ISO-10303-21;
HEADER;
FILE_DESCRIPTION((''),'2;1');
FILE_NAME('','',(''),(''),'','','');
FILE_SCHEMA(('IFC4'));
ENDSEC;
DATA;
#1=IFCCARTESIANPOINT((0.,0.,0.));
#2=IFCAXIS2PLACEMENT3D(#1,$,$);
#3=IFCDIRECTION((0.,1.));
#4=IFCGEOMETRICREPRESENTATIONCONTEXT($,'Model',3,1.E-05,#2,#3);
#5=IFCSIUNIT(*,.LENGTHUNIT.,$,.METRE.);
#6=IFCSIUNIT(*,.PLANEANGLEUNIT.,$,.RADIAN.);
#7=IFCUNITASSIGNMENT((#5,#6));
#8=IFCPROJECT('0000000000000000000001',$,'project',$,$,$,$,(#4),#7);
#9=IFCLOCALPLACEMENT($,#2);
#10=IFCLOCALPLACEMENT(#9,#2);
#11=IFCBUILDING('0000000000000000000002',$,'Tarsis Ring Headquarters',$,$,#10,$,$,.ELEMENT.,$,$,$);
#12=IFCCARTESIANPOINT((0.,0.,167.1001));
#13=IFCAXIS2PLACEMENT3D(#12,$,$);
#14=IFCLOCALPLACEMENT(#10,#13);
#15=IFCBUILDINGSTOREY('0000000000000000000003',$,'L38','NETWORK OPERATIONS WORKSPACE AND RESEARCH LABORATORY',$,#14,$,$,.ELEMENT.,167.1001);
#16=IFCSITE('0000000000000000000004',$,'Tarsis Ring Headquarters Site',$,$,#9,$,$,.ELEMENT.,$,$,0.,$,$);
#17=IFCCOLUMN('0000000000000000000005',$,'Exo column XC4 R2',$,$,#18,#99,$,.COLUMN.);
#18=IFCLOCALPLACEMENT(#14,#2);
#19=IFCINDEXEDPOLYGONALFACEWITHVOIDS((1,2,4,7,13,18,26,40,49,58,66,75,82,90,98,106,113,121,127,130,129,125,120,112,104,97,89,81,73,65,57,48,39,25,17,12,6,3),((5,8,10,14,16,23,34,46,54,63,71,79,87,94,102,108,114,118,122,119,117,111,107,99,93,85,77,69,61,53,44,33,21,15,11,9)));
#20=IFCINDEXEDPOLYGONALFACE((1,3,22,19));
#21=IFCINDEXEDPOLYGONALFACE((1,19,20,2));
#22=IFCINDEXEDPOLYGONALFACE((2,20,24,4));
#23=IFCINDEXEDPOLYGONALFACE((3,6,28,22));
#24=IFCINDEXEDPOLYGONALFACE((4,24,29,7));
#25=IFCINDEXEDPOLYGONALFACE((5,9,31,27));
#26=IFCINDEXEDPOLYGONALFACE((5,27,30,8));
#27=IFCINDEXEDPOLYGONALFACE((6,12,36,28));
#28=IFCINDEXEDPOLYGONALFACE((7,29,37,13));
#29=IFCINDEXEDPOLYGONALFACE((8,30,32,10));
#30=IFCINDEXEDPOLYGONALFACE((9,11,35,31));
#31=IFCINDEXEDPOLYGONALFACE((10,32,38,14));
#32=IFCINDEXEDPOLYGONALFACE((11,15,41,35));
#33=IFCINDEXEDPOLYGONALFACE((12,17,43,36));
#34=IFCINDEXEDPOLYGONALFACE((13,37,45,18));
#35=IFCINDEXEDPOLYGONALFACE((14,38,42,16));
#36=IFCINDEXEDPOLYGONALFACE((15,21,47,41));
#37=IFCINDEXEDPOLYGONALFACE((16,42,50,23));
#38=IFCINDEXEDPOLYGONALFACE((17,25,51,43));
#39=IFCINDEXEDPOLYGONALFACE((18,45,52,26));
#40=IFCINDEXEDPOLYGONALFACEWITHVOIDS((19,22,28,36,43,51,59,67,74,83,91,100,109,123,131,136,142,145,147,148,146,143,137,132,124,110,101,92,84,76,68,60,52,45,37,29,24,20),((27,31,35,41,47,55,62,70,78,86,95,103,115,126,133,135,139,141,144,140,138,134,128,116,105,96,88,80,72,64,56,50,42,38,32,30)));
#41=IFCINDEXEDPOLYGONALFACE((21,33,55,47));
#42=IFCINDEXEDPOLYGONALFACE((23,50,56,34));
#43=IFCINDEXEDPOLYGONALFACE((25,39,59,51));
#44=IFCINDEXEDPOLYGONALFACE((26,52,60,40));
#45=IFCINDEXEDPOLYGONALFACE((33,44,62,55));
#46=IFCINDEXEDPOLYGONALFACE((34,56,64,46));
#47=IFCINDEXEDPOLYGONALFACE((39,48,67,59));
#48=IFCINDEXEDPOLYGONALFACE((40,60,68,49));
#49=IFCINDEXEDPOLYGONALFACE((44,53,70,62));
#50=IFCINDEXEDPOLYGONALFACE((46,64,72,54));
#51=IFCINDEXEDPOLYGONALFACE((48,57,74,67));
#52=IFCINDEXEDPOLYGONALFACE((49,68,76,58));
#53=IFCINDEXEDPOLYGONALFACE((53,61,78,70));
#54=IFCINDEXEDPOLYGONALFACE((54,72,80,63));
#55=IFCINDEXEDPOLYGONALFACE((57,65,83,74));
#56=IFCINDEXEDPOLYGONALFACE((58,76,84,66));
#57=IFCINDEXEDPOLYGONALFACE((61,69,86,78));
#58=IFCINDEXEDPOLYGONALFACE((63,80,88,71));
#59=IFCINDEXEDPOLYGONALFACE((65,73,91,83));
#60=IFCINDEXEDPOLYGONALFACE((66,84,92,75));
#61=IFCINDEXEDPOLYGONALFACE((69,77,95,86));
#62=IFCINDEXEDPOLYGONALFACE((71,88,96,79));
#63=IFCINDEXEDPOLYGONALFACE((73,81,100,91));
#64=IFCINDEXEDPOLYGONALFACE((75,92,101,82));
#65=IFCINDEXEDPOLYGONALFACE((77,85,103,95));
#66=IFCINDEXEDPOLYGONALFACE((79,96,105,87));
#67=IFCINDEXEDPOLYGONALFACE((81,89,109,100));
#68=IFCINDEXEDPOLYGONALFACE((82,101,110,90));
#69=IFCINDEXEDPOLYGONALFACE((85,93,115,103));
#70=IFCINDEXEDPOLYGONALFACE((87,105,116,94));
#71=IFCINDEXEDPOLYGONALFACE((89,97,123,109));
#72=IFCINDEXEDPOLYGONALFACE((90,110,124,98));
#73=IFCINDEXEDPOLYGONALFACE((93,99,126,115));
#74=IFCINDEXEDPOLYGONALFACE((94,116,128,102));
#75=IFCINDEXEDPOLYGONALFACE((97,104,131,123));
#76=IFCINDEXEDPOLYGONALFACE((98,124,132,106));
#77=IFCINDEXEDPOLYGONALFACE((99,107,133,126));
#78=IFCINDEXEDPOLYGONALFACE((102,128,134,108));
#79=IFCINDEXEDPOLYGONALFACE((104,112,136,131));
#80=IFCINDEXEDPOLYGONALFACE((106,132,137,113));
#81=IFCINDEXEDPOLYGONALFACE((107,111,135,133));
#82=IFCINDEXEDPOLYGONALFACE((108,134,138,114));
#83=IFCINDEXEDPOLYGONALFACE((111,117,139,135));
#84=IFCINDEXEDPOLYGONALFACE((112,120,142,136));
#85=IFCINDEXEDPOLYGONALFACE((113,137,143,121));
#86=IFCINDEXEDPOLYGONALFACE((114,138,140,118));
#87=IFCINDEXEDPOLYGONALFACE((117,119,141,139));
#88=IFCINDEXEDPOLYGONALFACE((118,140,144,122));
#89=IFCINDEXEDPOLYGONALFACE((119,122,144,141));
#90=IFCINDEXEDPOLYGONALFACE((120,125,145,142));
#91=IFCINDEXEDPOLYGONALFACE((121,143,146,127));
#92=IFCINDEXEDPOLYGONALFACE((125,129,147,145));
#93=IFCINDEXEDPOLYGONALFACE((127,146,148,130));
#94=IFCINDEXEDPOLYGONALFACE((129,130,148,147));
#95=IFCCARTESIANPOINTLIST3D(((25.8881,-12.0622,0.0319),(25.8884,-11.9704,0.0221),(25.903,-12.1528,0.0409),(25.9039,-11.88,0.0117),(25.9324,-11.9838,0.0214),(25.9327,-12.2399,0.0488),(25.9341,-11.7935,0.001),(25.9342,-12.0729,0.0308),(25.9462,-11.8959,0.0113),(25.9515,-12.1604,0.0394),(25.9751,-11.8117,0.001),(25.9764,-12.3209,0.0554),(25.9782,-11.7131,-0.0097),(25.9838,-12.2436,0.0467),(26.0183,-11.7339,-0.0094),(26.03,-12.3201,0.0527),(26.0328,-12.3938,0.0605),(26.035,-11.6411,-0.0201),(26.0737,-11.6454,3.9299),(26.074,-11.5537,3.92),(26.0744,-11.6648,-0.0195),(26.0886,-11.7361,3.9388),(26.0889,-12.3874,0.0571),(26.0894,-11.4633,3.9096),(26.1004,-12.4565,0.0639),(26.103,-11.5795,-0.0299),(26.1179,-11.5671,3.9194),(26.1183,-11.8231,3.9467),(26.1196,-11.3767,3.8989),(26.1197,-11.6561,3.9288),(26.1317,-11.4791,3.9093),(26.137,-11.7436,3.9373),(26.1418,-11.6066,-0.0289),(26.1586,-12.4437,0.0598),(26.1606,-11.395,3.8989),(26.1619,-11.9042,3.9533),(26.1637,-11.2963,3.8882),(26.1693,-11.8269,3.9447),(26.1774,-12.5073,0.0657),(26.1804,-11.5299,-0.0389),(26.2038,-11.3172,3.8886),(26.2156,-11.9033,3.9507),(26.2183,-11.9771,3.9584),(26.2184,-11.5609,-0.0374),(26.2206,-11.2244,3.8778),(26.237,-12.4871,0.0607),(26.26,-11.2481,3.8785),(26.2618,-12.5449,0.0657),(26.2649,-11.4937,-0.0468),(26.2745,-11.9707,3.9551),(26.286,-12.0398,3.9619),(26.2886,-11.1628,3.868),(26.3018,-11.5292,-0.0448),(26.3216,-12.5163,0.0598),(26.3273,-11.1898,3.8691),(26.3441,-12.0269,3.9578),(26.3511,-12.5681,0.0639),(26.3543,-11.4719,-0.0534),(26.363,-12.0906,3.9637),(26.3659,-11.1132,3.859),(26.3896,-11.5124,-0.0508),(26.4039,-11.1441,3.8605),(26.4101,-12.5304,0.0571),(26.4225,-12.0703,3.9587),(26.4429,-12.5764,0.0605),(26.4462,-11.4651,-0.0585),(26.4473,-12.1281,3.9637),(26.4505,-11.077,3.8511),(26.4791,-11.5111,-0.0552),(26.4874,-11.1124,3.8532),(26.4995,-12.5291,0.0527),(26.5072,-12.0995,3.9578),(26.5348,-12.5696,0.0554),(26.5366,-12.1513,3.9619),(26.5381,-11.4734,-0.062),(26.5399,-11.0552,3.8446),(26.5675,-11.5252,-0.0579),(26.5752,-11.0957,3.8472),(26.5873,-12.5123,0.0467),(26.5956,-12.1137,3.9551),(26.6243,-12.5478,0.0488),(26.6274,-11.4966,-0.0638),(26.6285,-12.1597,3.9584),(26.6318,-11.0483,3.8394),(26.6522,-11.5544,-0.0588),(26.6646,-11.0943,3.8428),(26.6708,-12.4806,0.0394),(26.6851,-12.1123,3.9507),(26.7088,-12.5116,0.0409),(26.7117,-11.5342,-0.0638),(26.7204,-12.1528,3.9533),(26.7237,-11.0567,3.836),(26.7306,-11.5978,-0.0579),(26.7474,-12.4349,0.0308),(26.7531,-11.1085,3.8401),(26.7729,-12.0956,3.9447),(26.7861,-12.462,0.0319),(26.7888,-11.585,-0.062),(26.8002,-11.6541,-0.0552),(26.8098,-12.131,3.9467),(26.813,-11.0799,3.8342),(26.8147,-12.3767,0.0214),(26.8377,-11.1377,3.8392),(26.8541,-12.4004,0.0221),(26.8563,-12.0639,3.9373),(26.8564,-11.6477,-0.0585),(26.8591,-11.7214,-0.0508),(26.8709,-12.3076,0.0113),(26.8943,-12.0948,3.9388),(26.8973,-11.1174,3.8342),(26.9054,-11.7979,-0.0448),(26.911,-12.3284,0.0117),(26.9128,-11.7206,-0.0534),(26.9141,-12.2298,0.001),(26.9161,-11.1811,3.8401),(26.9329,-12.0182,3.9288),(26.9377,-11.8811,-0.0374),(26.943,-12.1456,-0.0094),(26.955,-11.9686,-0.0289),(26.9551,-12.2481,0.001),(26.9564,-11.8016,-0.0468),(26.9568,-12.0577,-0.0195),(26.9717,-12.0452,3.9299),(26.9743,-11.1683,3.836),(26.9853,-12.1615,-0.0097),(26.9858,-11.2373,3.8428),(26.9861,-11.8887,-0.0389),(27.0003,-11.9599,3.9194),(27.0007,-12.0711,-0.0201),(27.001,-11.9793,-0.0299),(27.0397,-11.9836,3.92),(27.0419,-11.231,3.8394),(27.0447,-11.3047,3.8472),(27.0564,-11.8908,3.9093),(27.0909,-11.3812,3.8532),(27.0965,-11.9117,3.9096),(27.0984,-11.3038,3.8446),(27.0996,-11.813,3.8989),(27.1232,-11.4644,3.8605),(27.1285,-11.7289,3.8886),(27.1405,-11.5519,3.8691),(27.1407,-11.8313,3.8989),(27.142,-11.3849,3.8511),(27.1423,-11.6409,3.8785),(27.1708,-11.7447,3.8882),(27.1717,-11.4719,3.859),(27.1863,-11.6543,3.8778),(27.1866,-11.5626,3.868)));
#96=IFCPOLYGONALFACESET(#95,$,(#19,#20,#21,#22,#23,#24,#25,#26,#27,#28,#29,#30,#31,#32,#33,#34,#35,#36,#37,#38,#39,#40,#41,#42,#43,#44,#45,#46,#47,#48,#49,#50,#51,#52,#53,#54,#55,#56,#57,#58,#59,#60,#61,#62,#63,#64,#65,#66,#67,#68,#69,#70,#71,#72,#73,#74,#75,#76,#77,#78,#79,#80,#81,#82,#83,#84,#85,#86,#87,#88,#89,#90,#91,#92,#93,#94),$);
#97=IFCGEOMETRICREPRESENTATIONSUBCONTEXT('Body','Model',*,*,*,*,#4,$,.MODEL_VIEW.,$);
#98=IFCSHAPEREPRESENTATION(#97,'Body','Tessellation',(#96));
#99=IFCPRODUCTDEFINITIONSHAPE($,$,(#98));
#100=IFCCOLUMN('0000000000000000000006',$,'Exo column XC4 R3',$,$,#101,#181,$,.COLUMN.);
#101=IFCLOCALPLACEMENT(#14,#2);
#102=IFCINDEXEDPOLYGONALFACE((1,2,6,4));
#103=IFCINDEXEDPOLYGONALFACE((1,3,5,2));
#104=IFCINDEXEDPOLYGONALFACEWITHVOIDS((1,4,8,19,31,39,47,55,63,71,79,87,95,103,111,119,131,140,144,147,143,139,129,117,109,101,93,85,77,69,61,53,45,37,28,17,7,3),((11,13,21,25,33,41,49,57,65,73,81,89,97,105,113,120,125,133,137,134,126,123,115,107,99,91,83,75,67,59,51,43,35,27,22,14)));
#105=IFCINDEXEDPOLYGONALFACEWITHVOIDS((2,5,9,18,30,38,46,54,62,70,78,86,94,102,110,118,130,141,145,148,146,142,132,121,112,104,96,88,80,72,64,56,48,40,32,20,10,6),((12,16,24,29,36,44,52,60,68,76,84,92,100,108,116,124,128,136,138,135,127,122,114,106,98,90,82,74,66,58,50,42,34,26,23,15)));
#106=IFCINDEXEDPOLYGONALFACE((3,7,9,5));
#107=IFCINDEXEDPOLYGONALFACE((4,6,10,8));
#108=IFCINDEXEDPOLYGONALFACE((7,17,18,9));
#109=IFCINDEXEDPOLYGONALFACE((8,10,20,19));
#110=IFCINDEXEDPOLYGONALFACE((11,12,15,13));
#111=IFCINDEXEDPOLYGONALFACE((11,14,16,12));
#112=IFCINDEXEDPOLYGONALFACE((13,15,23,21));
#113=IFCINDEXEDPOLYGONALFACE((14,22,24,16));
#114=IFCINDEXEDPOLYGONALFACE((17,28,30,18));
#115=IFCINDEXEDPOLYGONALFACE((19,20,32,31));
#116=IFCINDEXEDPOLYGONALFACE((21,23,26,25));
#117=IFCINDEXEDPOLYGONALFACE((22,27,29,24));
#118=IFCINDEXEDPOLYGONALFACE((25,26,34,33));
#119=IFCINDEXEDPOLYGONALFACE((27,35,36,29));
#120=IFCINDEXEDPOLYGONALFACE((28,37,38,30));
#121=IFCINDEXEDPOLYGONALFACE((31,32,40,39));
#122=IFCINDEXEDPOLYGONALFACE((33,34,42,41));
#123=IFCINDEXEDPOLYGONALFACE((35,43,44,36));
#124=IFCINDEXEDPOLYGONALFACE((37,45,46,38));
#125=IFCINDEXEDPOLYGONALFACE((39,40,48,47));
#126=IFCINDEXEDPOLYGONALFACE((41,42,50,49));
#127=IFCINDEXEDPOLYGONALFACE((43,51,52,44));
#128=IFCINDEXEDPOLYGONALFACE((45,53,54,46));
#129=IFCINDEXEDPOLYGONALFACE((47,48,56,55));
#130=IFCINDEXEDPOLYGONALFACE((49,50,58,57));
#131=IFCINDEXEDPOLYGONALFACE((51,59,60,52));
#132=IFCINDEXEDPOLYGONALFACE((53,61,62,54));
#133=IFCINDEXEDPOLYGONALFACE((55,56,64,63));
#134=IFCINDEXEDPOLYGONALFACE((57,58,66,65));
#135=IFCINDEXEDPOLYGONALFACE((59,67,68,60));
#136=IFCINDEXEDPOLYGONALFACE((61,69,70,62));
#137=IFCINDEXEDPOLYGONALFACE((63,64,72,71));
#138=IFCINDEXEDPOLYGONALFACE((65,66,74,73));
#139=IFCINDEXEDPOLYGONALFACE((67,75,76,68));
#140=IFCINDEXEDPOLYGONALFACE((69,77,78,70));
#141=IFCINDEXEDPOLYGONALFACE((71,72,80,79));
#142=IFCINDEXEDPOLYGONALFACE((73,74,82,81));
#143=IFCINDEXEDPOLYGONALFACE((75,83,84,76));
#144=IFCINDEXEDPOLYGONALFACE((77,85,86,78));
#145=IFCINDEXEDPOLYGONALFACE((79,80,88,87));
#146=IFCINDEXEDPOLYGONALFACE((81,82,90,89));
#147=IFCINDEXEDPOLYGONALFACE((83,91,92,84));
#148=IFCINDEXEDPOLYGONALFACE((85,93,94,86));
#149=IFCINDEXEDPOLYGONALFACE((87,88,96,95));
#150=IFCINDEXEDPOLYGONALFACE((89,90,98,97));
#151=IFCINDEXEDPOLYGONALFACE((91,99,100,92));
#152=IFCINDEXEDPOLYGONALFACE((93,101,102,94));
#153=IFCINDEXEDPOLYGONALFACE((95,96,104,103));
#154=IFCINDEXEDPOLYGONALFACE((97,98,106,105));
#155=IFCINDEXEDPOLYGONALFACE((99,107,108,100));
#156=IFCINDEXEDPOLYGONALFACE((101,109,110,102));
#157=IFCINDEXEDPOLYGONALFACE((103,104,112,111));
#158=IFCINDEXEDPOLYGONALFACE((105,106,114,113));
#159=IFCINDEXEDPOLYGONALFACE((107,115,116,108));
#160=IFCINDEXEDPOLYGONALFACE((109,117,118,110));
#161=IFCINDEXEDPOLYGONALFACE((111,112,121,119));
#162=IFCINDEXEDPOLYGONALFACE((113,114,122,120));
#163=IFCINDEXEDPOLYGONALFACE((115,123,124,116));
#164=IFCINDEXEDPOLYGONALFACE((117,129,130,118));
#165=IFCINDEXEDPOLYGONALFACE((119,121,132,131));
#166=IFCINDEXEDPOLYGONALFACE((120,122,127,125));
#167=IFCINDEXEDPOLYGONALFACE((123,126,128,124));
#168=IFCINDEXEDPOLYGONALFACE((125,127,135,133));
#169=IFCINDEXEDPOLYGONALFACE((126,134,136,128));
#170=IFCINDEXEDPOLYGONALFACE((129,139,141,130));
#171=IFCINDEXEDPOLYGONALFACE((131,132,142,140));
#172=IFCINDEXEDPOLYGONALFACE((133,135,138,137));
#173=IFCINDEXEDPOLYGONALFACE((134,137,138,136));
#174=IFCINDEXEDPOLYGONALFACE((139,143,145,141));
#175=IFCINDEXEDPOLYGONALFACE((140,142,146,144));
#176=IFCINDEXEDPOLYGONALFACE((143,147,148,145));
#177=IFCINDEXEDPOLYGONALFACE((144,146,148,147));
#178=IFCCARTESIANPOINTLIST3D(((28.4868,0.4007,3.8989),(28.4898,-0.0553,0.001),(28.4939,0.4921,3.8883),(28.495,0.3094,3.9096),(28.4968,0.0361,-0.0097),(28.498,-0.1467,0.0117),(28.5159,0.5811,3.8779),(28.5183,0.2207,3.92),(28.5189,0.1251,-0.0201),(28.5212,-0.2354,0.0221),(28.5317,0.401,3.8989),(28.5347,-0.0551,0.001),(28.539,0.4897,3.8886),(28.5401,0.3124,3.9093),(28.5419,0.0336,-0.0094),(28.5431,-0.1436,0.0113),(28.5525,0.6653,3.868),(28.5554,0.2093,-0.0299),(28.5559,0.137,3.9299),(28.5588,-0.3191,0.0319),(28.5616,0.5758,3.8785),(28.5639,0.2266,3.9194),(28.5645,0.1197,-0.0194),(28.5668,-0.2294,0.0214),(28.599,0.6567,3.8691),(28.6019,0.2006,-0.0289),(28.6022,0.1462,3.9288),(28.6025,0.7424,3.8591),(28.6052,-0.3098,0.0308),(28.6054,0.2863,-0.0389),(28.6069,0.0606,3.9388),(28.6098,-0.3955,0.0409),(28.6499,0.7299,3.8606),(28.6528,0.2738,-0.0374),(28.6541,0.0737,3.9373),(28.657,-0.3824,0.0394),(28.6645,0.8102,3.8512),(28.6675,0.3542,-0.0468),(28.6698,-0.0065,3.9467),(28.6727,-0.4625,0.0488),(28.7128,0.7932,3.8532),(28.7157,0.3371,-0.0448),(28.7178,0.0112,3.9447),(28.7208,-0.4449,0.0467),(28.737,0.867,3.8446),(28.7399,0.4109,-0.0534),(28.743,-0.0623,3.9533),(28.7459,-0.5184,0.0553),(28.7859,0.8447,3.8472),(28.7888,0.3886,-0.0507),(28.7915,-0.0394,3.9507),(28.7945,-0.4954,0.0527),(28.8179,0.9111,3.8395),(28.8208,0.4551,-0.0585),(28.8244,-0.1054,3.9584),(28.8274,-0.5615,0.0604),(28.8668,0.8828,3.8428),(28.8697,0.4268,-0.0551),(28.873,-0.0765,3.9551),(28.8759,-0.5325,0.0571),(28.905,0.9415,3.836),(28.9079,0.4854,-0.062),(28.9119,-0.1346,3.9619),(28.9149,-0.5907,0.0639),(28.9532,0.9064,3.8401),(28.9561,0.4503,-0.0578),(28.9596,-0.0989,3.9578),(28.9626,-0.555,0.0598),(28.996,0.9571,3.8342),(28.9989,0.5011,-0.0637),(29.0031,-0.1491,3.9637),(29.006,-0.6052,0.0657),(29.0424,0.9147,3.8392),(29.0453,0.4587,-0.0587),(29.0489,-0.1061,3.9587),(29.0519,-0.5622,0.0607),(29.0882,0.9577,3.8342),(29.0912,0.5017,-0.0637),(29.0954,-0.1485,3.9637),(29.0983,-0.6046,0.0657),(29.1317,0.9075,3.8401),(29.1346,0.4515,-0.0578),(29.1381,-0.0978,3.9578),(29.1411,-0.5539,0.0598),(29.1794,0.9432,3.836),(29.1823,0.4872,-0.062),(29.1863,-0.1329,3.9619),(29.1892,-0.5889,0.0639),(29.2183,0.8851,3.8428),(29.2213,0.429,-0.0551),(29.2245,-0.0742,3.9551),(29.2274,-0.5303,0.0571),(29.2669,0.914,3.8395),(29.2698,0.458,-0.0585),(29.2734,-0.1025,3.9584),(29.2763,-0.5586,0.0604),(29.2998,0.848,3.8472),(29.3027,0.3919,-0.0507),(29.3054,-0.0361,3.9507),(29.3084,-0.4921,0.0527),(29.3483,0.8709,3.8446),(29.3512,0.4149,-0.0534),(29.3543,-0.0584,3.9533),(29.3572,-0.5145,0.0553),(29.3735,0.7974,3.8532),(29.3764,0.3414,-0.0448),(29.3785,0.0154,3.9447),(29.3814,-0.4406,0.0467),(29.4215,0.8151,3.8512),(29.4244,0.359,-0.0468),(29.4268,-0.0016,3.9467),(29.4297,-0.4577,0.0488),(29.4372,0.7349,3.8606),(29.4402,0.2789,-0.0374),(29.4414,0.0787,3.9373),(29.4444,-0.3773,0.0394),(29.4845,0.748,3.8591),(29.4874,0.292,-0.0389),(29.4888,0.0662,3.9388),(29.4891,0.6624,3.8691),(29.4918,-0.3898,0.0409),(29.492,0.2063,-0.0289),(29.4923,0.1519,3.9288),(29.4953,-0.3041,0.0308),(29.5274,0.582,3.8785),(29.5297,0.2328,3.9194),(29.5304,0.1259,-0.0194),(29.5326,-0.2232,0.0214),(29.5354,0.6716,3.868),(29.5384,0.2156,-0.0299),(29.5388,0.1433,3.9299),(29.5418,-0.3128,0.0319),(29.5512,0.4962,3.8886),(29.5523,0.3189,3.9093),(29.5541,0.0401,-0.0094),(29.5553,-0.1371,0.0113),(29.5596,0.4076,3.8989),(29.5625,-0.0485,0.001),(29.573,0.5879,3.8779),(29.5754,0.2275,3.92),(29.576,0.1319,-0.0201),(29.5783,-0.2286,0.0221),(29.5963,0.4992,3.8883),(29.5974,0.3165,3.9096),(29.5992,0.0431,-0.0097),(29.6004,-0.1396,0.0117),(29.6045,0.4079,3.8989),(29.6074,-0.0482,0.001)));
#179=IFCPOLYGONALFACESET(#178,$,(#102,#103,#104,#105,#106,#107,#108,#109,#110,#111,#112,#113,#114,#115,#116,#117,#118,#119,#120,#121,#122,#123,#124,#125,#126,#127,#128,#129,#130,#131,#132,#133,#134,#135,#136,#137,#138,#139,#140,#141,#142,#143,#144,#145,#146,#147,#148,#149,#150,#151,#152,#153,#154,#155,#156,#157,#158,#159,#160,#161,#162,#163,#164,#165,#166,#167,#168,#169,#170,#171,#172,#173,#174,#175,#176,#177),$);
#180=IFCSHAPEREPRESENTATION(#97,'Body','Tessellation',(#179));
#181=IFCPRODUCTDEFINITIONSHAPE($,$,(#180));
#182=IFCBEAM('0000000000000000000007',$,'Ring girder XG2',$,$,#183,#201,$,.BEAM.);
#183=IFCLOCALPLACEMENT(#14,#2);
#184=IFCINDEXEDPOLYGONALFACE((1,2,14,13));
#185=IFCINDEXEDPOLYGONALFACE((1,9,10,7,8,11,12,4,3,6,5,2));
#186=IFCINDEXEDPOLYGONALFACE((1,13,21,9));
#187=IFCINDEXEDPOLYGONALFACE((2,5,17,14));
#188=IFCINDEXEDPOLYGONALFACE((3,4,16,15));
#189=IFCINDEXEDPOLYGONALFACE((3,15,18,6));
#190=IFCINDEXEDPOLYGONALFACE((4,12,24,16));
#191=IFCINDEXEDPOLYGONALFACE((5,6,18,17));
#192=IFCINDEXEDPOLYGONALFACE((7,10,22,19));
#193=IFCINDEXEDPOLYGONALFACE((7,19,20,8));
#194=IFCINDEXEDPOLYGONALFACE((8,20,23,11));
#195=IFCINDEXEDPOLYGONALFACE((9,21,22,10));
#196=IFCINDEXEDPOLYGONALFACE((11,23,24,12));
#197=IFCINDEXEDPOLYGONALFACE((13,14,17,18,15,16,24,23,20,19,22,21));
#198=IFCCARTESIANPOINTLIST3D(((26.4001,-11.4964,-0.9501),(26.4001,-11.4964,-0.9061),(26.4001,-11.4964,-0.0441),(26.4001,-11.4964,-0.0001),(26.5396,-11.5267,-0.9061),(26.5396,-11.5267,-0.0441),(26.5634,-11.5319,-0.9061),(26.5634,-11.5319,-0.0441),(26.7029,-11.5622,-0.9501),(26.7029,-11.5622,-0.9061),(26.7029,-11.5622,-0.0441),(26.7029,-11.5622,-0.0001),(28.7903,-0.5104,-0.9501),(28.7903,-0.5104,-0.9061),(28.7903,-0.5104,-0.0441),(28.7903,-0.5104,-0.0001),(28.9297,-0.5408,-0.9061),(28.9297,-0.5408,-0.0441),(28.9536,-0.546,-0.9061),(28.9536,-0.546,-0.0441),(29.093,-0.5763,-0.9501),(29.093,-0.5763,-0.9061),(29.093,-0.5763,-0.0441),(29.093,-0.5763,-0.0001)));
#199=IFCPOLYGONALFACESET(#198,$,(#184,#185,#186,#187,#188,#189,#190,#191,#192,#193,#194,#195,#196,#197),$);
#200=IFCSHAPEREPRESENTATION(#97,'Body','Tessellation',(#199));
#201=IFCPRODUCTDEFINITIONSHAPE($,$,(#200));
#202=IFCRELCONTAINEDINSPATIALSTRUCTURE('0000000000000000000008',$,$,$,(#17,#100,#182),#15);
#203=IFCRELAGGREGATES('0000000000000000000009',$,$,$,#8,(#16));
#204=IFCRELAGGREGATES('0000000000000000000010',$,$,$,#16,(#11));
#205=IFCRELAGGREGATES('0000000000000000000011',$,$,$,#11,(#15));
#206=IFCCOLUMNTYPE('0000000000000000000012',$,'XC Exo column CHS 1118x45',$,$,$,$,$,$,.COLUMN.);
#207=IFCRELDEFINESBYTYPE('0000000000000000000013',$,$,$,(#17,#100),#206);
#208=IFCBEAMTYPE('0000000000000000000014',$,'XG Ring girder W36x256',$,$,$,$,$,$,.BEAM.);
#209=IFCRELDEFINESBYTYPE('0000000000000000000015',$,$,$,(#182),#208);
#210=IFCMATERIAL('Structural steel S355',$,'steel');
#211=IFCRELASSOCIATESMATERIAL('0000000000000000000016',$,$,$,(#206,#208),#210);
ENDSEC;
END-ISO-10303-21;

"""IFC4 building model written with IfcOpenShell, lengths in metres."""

from ifc_helpers import new_model, si_unit, direction, frame, origin, origin_2d, place, context, subcontext, project, spatial, hollow_circle, i_section, extrude, material, material_profile, profile_set, type_object, element, save


model = new_model("IFC4")

# Units and contexts
model_context = context("Model", 3, precision=1e-05, world=origin(), true_north=direction((0.0, 1.0)))
body_context = subcontext(model_context, "Body", "Model", "MODEL_VIEW")
ifc_project = project(units=[si_unit("LENGTHUNIT", "METRE"), si_unit("PLANEANGLEUNIT", "RADIAN")], contexts=[model_context])

# Site, building, storey
site_placement = place(None, origin())
site = spatial("IfcSite", under=ifc_project, at=site_placement, Name="Tarsis Ring Headquarters Site", CompositionType="ELEMENT", RefElevation=0.0)
building_placement = place(site_placement, origin())
building = spatial("IfcBuilding", under=site, at=building_placement, Name="Tarsis Ring Headquarters", CompositionType="ELEMENT")
storey_placement = place(building_placement, frame((0.0, 0.0, 167.1001)))
storey = spatial("IfcBuildingStorey", under=building, at=storey_placement, Name="L38", Description="NETWORK OPERATIONS WORKSPACE AND RESEARCH LABORATORY", CompositionType="ELEMENT", Elevation=167.1001)

# Columns
ifc_material_1 = material(Name="Structural steel S355", Category="steel")
ifc_material_profile_1 = material_profile(ifc_material_1, hollow_circle(Radius=0.5588, WallThickness=0.0449, at=origin_2d()), Name="CHS 1118x45")
ifc_profile_set_1 = profile_set([ifc_material_profile_1], Name="Structural steel S355")
column_type = type_object("IfcColumnType", Name="XC Exo column CHS 1118x45", PredefinedType="COLUMN", material=ifc_profile_set_1)
for number, where, z_axis, x_axis, name in (
    (1, (26.4446, -12.0208, 0.001), (0.047278, 0.10619, 0.993221), (-0.913547, 0.406734, 0.0), "Exo column XC4 R2"),
    (2, (29.0486, -0.0518, 0.001), (-0.000747, 0.116206, 0.993225), (-0.999979, -0.006424, 0.0), "Exo column XC4 R3"),
):
    element("IfcColumn", number, at=place(storey_placement, frame(where, z_axis=z_axis, x_axis=x_axis)), inside=storey, type_object=column_type, Name=name, PredefinedType="COLUMN", context=body_context, shape_type="SweptSolid", body=[
        extrude(hollow_circle(Radius=0.5588, WallThickness=0.0449, at=origin_2d()), origin(), (0.0, 0.0, 1.0), 3.9246),
    ])

# Beam
ifc_material_profile_2 = material_profile(ifc_material_1, i_section(OverallWidth=0.3098, OverallDepth=0.95, WebThickness=0.0244, FlangeThickness=0.0439, at=origin_2d()), Name="W36x256")
ifc_profile_set_2 = profile_set([ifc_material_profile_2], Name="Structural steel S355")
beam_type = type_object("IfcBeamType", Name="XG Ring girder W36x256", PredefinedType="BEAM", material=ifc_profile_set_2)
beam_placement = place(storey_placement, frame((26.5515, -11.5293, -0.4751), z_axis=(0.212592, 0.977141, 0.0), x_axis=(-0.977141, 0.212592, 0.0)))
element("IfcBeam", 3, at=beam_placement, inside=storey, type_object=beam_type, Name="Ring girder XG2", PredefinedType="BEAM", context=body_context, shape_type="SweptSolid", body=[
    extrude(i_section(OverallWidth=0.3098, OverallDepth=0.95, WebThickness=0.0244, FlangeThickness=0.0439, at=origin_2d()), origin(), (0.0, 0.0, 1.0), 11.2429),
])

save(model, "model.ifc")
